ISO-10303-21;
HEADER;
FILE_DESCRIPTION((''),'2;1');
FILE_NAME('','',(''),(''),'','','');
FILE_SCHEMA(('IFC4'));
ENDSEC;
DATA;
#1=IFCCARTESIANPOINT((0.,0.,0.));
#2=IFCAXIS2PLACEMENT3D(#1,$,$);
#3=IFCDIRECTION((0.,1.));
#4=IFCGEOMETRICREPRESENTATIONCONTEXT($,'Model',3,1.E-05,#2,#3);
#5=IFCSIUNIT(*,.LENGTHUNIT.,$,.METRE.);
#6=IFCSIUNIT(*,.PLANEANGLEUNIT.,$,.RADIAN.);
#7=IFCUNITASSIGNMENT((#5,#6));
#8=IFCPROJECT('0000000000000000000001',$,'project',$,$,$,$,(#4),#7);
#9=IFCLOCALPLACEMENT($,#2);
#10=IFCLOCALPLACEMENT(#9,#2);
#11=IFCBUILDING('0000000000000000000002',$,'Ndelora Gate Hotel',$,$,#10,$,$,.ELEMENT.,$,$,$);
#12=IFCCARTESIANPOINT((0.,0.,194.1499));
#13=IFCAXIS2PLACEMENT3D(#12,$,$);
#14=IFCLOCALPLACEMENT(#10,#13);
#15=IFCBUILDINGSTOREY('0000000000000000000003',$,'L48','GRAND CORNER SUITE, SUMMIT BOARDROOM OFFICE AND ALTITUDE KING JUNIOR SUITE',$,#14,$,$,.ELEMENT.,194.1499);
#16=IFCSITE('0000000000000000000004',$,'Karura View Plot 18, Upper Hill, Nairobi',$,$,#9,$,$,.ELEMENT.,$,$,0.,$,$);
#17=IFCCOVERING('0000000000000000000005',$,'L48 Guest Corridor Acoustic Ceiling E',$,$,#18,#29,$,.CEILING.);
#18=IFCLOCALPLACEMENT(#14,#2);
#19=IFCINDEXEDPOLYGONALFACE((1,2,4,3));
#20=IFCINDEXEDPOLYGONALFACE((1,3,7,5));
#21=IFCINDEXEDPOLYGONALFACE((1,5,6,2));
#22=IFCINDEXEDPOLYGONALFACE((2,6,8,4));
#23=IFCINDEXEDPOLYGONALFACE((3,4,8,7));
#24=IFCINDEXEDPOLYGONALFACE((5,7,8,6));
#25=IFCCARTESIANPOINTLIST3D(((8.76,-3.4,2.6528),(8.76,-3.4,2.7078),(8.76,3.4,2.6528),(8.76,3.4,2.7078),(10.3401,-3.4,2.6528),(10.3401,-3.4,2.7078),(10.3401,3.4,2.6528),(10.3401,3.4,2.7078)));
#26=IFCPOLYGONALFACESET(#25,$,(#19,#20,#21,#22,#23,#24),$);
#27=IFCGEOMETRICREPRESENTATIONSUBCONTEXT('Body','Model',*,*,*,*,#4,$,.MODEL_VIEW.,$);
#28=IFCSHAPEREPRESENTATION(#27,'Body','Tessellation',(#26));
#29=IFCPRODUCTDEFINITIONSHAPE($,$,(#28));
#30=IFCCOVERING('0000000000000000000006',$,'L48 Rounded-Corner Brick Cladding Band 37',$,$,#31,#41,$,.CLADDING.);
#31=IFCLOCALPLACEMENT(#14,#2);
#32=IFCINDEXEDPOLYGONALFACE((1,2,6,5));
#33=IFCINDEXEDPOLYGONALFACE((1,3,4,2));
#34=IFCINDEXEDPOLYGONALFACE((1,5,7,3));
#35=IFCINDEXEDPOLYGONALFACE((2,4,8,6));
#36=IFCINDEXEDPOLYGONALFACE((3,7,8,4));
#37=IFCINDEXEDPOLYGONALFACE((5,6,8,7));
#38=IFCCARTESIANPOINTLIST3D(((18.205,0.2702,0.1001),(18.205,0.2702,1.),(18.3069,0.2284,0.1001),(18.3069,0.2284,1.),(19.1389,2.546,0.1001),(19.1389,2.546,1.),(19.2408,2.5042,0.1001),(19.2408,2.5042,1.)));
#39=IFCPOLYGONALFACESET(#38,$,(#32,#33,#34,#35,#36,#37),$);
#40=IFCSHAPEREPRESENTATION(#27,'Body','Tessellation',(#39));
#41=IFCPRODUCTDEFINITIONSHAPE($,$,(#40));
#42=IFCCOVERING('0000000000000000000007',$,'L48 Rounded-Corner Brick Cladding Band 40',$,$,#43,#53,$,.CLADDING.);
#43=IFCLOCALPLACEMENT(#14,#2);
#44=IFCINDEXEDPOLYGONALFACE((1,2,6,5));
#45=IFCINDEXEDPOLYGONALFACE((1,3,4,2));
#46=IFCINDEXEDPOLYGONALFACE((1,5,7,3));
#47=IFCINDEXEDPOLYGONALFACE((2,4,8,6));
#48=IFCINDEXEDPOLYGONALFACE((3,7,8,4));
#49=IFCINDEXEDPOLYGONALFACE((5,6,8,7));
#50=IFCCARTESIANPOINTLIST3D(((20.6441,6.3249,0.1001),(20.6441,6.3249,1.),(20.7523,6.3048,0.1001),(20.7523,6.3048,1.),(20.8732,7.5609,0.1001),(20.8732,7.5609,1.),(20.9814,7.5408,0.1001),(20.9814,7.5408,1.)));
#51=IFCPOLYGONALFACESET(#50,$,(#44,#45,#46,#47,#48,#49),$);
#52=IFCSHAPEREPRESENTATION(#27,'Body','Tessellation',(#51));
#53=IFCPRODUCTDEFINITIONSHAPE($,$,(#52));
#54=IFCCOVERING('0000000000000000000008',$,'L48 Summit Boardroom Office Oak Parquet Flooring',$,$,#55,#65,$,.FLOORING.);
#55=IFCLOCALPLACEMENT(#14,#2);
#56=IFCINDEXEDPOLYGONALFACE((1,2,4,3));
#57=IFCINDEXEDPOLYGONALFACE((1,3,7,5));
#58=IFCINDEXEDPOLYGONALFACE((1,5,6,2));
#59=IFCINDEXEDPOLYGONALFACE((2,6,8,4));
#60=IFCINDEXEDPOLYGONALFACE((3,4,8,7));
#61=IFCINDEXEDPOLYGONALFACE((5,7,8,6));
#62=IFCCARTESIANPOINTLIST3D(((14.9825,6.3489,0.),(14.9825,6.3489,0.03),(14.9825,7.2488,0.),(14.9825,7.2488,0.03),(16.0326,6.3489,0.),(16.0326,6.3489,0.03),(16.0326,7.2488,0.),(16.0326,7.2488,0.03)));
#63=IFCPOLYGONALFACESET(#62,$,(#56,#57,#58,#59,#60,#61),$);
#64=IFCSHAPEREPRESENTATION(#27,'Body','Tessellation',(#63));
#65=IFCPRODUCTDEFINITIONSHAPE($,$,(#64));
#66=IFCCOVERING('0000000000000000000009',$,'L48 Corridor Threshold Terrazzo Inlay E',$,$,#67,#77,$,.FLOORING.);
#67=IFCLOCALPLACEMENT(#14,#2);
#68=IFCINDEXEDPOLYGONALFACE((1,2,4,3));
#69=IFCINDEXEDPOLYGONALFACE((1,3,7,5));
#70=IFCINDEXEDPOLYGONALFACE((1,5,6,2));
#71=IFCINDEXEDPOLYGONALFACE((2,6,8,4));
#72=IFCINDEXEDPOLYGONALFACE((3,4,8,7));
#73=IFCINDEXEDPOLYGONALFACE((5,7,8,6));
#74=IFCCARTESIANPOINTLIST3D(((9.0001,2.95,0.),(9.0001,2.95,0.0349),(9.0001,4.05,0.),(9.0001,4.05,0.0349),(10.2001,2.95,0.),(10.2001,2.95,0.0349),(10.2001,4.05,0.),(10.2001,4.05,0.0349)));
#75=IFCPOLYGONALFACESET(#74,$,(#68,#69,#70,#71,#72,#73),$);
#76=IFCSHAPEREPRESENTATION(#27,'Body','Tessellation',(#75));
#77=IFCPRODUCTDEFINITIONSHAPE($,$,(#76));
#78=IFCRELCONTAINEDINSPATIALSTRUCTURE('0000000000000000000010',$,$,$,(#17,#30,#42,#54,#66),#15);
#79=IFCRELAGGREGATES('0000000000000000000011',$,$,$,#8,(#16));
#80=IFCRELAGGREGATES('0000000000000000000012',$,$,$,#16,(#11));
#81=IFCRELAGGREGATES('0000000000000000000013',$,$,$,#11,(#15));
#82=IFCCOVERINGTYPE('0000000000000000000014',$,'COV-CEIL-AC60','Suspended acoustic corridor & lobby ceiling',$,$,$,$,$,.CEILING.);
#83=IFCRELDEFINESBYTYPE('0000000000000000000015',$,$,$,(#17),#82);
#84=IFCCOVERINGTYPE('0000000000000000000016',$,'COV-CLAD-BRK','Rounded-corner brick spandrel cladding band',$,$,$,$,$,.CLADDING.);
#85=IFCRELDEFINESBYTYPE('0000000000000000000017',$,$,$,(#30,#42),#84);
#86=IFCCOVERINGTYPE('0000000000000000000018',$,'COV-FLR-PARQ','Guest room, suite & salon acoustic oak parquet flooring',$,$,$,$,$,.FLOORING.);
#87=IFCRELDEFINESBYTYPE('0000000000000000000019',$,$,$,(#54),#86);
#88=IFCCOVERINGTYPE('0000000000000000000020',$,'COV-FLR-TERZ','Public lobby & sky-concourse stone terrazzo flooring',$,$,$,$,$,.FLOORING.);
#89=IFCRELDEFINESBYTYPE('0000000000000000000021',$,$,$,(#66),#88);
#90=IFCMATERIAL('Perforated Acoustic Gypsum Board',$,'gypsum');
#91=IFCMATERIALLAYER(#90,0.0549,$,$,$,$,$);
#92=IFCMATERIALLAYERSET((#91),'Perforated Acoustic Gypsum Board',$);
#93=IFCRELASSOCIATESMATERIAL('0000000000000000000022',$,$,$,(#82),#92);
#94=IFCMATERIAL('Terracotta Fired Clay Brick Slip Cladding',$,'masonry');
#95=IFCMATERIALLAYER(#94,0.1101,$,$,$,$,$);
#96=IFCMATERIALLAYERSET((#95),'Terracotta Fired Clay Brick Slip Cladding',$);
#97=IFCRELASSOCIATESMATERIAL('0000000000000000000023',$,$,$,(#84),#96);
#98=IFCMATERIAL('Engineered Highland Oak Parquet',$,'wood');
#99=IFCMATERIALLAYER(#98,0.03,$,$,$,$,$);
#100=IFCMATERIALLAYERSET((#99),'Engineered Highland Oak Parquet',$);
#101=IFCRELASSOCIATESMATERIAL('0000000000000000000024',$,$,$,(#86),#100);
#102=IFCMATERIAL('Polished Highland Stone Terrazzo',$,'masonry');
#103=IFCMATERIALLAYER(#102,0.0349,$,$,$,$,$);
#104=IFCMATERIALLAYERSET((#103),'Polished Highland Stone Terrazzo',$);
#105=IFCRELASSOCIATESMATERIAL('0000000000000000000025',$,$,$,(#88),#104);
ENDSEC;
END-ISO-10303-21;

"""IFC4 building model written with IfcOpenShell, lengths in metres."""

from ifc_helpers import new_model, si_unit, direction, frame, origin, origin_2d, place, context, subcontext, project, spatial, rectangle, extrude, material, layer, layer_set, type_object, element, save


model = new_model("IFC4")

# Units and contexts
model_context = context("Model", 3, precision=1e-05, world=origin(), true_north=direction((0.0, 1.0)))
body_context = subcontext(model_context, "Body", "Model", "MODEL_VIEW")
ifc_project = project(units=[si_unit("LENGTHUNIT", "METRE"), si_unit("PLANEANGLEUNIT", "RADIAN")], contexts=[model_context])

# Site, building, storey
site_placement = place(None, origin())
site = spatial("IfcSite", under=ifc_project, at=site_placement, Name="Karura View Plot 18, Upper Hill, Nairobi", CompositionType="ELEMENT", RefElevation=0.0)
building_placement = place(site_placement, origin())
building = spatial("IfcBuilding", under=site, at=building_placement, Name="Ndelora Gate Hotel", CompositionType="ELEMENT")
storey_placement = place(building_placement, frame((0.0, 0.0, 194.1499)))
storey = spatial("IfcBuildingStorey", under=building, at=storey_placement, Name="L48", Description="GRAND CORNER SUITE, SUMMIT BOARDROOM OFFICE AND ALTITUDE KING JUNIOR SUITE", CompositionType="ELEMENT", Elevation=194.1499)

# Coverings
ifc_material_1 = material(Name="Perforated Acoustic Gypsum Board", Category="gypsum")
ifc_layer_1 = layer(ifc_material_1, 0.0549)
ifc_layer_set_1 = layer_set([ifc_layer_1], Name="Perforated Acoustic Gypsum Board")
covering_type_1 = type_object("IfcCoveringType", Name="COV-CEIL-AC60", Description="Suspended acoustic corridor & lobby ceiling", PredefinedType="CEILING", material=ifc_layer_set_1)
covering_1_placement = place(storey_placement, frame((9.55, 0.0, 2.6528), z_axis=(0.0, 0.0, 1.0), x_axis=(1.0, 0.0, 0.0)))
element("IfcCovering", 1, at=covering_1_placement, inside=storey, type_object=covering_type_1, Name="L48 Guest Corridor Acoustic Ceiling E", PredefinedType="CEILING", context=body_context, shape_type="SweptSolid", body=[
    extrude(rectangle(XDim=1.5801, YDim=6.8, at=origin_2d()), origin(), (0.0, 0.0, 1.0), 0.0549),
])
ifc_material_2 = material(Name="Terracotta Fired Clay Brick Slip Cladding", Category="masonry")
ifc_layer_2 = layer(ifc_material_2, 0.1101)
ifc_layer_set_2 = layer_set([ifc_layer_2], Name="Terracotta Fired Clay Brick Slip Cladding")
covering_type_2 = type_object("IfcCoveringType", Name="COV-CLAD-BRK", Description="Rounded-corner brick spandrel cladding band", PredefinedType="CLADDING", material=ifc_layer_set_2)
covering_2_placement = place(storey_placement, frame((18.7229, 1.3872, 0.1001), z_axis=(0.0, 0.0, 1.0), x_axis=(0.379618, 0.925143, 0.0)))
element("IfcCovering", 2, at=covering_2_placement, inside=storey, type_object=covering_type_2, Name="L48 Rounded-Corner Brick Cladding Band 37", PredefinedType="CLADDING", context=body_context, shape_type="SweptSolid", body=[
    extrude(rectangle(XDim=2.46, YDim=0.1101, at=origin_2d()), origin(), (0.0, 0.0, 1.0), 0.8999),
])
covering_3_placement = place(storey_placement, frame((20.8127, 6.9329, 0.1001), z_axis=(0.0, 0.0, 1.0), x_axis=(0.182236, 0.983255, 0.0)))
element("IfcCovering", 3, at=covering_3_placement, inside=storey, type_object=covering_type_2, Name="L48 Rounded-Corner Brick Cladding Band 40", PredefinedType="CLADDING", context=body_context, shape_type="SweptSolid", body=[
    extrude(rectangle(XDim=1.2571, YDim=0.1101, at=origin_2d()), origin(), (0.0, 0.0, 1.0), 0.8999),
])
ifc_material_3 = material(Name="Engineered Highland Oak Parquet", Category="wood")
ifc_layer_3 = layer(ifc_material_3, 0.03)
ifc_layer_set_3 = layer_set([ifc_layer_3], Name="Engineered Highland Oak Parquet")
covering_type_3 = type_object("IfcCoveringType", Name="COV-FLR-PARQ", Description="Guest room, suite & salon acoustic oak parquet flooring", PredefinedType="FLOORING", material=ifc_layer_set_3)
covering_4_placement = place(storey_placement, frame((15.5076, 6.7988, 0.0), z_axis=(0.0, 0.0, 1.0), x_axis=(1.0, 0.0, 0.0)))
element("IfcCovering", 4, at=covering_4_placement, inside=storey, type_object=covering_type_3, Name="L48 Summit Boardroom Office Oak Parquet Flooring", PredefinedType="FLOORING", context=body_context, shape_type="SweptSolid", body=[
    extrude(rectangle(XDim=1.05, YDim=0.8999, at=origin_2d()), origin(), (0.0, 0.0, 1.0), 0.03),
])
ifc_material_4 = material(Name="Polished Highland Stone Terrazzo", Category="masonry")
ifc_layer_4 = layer(ifc_material_4, 0.0349)
ifc_layer_set_4 = layer_set([ifc_layer_4], Name="Polished Highland Stone Terrazzo")
covering_type_4 = type_object("IfcCoveringType", Name="COV-FLR-TERZ", Description="Public lobby & sky-concourse stone terrazzo flooring", PredefinedType="FLOORING", material=ifc_layer_set_4)
covering_5_placement = place(storey_placement, frame((9.6001, 3.5, 0.0), z_axis=(0.0, 0.0, 1.0), x_axis=(1.0, 0.0, 0.0)))
element("IfcCovering", 5, at=covering_5_placement, inside=storey, type_object=covering_type_4, Name="L48 Corridor Threshold Terrazzo Inlay E", PredefinedType="FLOORING", context=body_context, shape_type="SweptSolid", body=[
    extrude(rectangle(XDim=1.2, YDim=1.1001, at=origin_2d()), origin(), (0.0, 0.0, 1.0), 0.0349),
])

save(model, "model.ifc")
